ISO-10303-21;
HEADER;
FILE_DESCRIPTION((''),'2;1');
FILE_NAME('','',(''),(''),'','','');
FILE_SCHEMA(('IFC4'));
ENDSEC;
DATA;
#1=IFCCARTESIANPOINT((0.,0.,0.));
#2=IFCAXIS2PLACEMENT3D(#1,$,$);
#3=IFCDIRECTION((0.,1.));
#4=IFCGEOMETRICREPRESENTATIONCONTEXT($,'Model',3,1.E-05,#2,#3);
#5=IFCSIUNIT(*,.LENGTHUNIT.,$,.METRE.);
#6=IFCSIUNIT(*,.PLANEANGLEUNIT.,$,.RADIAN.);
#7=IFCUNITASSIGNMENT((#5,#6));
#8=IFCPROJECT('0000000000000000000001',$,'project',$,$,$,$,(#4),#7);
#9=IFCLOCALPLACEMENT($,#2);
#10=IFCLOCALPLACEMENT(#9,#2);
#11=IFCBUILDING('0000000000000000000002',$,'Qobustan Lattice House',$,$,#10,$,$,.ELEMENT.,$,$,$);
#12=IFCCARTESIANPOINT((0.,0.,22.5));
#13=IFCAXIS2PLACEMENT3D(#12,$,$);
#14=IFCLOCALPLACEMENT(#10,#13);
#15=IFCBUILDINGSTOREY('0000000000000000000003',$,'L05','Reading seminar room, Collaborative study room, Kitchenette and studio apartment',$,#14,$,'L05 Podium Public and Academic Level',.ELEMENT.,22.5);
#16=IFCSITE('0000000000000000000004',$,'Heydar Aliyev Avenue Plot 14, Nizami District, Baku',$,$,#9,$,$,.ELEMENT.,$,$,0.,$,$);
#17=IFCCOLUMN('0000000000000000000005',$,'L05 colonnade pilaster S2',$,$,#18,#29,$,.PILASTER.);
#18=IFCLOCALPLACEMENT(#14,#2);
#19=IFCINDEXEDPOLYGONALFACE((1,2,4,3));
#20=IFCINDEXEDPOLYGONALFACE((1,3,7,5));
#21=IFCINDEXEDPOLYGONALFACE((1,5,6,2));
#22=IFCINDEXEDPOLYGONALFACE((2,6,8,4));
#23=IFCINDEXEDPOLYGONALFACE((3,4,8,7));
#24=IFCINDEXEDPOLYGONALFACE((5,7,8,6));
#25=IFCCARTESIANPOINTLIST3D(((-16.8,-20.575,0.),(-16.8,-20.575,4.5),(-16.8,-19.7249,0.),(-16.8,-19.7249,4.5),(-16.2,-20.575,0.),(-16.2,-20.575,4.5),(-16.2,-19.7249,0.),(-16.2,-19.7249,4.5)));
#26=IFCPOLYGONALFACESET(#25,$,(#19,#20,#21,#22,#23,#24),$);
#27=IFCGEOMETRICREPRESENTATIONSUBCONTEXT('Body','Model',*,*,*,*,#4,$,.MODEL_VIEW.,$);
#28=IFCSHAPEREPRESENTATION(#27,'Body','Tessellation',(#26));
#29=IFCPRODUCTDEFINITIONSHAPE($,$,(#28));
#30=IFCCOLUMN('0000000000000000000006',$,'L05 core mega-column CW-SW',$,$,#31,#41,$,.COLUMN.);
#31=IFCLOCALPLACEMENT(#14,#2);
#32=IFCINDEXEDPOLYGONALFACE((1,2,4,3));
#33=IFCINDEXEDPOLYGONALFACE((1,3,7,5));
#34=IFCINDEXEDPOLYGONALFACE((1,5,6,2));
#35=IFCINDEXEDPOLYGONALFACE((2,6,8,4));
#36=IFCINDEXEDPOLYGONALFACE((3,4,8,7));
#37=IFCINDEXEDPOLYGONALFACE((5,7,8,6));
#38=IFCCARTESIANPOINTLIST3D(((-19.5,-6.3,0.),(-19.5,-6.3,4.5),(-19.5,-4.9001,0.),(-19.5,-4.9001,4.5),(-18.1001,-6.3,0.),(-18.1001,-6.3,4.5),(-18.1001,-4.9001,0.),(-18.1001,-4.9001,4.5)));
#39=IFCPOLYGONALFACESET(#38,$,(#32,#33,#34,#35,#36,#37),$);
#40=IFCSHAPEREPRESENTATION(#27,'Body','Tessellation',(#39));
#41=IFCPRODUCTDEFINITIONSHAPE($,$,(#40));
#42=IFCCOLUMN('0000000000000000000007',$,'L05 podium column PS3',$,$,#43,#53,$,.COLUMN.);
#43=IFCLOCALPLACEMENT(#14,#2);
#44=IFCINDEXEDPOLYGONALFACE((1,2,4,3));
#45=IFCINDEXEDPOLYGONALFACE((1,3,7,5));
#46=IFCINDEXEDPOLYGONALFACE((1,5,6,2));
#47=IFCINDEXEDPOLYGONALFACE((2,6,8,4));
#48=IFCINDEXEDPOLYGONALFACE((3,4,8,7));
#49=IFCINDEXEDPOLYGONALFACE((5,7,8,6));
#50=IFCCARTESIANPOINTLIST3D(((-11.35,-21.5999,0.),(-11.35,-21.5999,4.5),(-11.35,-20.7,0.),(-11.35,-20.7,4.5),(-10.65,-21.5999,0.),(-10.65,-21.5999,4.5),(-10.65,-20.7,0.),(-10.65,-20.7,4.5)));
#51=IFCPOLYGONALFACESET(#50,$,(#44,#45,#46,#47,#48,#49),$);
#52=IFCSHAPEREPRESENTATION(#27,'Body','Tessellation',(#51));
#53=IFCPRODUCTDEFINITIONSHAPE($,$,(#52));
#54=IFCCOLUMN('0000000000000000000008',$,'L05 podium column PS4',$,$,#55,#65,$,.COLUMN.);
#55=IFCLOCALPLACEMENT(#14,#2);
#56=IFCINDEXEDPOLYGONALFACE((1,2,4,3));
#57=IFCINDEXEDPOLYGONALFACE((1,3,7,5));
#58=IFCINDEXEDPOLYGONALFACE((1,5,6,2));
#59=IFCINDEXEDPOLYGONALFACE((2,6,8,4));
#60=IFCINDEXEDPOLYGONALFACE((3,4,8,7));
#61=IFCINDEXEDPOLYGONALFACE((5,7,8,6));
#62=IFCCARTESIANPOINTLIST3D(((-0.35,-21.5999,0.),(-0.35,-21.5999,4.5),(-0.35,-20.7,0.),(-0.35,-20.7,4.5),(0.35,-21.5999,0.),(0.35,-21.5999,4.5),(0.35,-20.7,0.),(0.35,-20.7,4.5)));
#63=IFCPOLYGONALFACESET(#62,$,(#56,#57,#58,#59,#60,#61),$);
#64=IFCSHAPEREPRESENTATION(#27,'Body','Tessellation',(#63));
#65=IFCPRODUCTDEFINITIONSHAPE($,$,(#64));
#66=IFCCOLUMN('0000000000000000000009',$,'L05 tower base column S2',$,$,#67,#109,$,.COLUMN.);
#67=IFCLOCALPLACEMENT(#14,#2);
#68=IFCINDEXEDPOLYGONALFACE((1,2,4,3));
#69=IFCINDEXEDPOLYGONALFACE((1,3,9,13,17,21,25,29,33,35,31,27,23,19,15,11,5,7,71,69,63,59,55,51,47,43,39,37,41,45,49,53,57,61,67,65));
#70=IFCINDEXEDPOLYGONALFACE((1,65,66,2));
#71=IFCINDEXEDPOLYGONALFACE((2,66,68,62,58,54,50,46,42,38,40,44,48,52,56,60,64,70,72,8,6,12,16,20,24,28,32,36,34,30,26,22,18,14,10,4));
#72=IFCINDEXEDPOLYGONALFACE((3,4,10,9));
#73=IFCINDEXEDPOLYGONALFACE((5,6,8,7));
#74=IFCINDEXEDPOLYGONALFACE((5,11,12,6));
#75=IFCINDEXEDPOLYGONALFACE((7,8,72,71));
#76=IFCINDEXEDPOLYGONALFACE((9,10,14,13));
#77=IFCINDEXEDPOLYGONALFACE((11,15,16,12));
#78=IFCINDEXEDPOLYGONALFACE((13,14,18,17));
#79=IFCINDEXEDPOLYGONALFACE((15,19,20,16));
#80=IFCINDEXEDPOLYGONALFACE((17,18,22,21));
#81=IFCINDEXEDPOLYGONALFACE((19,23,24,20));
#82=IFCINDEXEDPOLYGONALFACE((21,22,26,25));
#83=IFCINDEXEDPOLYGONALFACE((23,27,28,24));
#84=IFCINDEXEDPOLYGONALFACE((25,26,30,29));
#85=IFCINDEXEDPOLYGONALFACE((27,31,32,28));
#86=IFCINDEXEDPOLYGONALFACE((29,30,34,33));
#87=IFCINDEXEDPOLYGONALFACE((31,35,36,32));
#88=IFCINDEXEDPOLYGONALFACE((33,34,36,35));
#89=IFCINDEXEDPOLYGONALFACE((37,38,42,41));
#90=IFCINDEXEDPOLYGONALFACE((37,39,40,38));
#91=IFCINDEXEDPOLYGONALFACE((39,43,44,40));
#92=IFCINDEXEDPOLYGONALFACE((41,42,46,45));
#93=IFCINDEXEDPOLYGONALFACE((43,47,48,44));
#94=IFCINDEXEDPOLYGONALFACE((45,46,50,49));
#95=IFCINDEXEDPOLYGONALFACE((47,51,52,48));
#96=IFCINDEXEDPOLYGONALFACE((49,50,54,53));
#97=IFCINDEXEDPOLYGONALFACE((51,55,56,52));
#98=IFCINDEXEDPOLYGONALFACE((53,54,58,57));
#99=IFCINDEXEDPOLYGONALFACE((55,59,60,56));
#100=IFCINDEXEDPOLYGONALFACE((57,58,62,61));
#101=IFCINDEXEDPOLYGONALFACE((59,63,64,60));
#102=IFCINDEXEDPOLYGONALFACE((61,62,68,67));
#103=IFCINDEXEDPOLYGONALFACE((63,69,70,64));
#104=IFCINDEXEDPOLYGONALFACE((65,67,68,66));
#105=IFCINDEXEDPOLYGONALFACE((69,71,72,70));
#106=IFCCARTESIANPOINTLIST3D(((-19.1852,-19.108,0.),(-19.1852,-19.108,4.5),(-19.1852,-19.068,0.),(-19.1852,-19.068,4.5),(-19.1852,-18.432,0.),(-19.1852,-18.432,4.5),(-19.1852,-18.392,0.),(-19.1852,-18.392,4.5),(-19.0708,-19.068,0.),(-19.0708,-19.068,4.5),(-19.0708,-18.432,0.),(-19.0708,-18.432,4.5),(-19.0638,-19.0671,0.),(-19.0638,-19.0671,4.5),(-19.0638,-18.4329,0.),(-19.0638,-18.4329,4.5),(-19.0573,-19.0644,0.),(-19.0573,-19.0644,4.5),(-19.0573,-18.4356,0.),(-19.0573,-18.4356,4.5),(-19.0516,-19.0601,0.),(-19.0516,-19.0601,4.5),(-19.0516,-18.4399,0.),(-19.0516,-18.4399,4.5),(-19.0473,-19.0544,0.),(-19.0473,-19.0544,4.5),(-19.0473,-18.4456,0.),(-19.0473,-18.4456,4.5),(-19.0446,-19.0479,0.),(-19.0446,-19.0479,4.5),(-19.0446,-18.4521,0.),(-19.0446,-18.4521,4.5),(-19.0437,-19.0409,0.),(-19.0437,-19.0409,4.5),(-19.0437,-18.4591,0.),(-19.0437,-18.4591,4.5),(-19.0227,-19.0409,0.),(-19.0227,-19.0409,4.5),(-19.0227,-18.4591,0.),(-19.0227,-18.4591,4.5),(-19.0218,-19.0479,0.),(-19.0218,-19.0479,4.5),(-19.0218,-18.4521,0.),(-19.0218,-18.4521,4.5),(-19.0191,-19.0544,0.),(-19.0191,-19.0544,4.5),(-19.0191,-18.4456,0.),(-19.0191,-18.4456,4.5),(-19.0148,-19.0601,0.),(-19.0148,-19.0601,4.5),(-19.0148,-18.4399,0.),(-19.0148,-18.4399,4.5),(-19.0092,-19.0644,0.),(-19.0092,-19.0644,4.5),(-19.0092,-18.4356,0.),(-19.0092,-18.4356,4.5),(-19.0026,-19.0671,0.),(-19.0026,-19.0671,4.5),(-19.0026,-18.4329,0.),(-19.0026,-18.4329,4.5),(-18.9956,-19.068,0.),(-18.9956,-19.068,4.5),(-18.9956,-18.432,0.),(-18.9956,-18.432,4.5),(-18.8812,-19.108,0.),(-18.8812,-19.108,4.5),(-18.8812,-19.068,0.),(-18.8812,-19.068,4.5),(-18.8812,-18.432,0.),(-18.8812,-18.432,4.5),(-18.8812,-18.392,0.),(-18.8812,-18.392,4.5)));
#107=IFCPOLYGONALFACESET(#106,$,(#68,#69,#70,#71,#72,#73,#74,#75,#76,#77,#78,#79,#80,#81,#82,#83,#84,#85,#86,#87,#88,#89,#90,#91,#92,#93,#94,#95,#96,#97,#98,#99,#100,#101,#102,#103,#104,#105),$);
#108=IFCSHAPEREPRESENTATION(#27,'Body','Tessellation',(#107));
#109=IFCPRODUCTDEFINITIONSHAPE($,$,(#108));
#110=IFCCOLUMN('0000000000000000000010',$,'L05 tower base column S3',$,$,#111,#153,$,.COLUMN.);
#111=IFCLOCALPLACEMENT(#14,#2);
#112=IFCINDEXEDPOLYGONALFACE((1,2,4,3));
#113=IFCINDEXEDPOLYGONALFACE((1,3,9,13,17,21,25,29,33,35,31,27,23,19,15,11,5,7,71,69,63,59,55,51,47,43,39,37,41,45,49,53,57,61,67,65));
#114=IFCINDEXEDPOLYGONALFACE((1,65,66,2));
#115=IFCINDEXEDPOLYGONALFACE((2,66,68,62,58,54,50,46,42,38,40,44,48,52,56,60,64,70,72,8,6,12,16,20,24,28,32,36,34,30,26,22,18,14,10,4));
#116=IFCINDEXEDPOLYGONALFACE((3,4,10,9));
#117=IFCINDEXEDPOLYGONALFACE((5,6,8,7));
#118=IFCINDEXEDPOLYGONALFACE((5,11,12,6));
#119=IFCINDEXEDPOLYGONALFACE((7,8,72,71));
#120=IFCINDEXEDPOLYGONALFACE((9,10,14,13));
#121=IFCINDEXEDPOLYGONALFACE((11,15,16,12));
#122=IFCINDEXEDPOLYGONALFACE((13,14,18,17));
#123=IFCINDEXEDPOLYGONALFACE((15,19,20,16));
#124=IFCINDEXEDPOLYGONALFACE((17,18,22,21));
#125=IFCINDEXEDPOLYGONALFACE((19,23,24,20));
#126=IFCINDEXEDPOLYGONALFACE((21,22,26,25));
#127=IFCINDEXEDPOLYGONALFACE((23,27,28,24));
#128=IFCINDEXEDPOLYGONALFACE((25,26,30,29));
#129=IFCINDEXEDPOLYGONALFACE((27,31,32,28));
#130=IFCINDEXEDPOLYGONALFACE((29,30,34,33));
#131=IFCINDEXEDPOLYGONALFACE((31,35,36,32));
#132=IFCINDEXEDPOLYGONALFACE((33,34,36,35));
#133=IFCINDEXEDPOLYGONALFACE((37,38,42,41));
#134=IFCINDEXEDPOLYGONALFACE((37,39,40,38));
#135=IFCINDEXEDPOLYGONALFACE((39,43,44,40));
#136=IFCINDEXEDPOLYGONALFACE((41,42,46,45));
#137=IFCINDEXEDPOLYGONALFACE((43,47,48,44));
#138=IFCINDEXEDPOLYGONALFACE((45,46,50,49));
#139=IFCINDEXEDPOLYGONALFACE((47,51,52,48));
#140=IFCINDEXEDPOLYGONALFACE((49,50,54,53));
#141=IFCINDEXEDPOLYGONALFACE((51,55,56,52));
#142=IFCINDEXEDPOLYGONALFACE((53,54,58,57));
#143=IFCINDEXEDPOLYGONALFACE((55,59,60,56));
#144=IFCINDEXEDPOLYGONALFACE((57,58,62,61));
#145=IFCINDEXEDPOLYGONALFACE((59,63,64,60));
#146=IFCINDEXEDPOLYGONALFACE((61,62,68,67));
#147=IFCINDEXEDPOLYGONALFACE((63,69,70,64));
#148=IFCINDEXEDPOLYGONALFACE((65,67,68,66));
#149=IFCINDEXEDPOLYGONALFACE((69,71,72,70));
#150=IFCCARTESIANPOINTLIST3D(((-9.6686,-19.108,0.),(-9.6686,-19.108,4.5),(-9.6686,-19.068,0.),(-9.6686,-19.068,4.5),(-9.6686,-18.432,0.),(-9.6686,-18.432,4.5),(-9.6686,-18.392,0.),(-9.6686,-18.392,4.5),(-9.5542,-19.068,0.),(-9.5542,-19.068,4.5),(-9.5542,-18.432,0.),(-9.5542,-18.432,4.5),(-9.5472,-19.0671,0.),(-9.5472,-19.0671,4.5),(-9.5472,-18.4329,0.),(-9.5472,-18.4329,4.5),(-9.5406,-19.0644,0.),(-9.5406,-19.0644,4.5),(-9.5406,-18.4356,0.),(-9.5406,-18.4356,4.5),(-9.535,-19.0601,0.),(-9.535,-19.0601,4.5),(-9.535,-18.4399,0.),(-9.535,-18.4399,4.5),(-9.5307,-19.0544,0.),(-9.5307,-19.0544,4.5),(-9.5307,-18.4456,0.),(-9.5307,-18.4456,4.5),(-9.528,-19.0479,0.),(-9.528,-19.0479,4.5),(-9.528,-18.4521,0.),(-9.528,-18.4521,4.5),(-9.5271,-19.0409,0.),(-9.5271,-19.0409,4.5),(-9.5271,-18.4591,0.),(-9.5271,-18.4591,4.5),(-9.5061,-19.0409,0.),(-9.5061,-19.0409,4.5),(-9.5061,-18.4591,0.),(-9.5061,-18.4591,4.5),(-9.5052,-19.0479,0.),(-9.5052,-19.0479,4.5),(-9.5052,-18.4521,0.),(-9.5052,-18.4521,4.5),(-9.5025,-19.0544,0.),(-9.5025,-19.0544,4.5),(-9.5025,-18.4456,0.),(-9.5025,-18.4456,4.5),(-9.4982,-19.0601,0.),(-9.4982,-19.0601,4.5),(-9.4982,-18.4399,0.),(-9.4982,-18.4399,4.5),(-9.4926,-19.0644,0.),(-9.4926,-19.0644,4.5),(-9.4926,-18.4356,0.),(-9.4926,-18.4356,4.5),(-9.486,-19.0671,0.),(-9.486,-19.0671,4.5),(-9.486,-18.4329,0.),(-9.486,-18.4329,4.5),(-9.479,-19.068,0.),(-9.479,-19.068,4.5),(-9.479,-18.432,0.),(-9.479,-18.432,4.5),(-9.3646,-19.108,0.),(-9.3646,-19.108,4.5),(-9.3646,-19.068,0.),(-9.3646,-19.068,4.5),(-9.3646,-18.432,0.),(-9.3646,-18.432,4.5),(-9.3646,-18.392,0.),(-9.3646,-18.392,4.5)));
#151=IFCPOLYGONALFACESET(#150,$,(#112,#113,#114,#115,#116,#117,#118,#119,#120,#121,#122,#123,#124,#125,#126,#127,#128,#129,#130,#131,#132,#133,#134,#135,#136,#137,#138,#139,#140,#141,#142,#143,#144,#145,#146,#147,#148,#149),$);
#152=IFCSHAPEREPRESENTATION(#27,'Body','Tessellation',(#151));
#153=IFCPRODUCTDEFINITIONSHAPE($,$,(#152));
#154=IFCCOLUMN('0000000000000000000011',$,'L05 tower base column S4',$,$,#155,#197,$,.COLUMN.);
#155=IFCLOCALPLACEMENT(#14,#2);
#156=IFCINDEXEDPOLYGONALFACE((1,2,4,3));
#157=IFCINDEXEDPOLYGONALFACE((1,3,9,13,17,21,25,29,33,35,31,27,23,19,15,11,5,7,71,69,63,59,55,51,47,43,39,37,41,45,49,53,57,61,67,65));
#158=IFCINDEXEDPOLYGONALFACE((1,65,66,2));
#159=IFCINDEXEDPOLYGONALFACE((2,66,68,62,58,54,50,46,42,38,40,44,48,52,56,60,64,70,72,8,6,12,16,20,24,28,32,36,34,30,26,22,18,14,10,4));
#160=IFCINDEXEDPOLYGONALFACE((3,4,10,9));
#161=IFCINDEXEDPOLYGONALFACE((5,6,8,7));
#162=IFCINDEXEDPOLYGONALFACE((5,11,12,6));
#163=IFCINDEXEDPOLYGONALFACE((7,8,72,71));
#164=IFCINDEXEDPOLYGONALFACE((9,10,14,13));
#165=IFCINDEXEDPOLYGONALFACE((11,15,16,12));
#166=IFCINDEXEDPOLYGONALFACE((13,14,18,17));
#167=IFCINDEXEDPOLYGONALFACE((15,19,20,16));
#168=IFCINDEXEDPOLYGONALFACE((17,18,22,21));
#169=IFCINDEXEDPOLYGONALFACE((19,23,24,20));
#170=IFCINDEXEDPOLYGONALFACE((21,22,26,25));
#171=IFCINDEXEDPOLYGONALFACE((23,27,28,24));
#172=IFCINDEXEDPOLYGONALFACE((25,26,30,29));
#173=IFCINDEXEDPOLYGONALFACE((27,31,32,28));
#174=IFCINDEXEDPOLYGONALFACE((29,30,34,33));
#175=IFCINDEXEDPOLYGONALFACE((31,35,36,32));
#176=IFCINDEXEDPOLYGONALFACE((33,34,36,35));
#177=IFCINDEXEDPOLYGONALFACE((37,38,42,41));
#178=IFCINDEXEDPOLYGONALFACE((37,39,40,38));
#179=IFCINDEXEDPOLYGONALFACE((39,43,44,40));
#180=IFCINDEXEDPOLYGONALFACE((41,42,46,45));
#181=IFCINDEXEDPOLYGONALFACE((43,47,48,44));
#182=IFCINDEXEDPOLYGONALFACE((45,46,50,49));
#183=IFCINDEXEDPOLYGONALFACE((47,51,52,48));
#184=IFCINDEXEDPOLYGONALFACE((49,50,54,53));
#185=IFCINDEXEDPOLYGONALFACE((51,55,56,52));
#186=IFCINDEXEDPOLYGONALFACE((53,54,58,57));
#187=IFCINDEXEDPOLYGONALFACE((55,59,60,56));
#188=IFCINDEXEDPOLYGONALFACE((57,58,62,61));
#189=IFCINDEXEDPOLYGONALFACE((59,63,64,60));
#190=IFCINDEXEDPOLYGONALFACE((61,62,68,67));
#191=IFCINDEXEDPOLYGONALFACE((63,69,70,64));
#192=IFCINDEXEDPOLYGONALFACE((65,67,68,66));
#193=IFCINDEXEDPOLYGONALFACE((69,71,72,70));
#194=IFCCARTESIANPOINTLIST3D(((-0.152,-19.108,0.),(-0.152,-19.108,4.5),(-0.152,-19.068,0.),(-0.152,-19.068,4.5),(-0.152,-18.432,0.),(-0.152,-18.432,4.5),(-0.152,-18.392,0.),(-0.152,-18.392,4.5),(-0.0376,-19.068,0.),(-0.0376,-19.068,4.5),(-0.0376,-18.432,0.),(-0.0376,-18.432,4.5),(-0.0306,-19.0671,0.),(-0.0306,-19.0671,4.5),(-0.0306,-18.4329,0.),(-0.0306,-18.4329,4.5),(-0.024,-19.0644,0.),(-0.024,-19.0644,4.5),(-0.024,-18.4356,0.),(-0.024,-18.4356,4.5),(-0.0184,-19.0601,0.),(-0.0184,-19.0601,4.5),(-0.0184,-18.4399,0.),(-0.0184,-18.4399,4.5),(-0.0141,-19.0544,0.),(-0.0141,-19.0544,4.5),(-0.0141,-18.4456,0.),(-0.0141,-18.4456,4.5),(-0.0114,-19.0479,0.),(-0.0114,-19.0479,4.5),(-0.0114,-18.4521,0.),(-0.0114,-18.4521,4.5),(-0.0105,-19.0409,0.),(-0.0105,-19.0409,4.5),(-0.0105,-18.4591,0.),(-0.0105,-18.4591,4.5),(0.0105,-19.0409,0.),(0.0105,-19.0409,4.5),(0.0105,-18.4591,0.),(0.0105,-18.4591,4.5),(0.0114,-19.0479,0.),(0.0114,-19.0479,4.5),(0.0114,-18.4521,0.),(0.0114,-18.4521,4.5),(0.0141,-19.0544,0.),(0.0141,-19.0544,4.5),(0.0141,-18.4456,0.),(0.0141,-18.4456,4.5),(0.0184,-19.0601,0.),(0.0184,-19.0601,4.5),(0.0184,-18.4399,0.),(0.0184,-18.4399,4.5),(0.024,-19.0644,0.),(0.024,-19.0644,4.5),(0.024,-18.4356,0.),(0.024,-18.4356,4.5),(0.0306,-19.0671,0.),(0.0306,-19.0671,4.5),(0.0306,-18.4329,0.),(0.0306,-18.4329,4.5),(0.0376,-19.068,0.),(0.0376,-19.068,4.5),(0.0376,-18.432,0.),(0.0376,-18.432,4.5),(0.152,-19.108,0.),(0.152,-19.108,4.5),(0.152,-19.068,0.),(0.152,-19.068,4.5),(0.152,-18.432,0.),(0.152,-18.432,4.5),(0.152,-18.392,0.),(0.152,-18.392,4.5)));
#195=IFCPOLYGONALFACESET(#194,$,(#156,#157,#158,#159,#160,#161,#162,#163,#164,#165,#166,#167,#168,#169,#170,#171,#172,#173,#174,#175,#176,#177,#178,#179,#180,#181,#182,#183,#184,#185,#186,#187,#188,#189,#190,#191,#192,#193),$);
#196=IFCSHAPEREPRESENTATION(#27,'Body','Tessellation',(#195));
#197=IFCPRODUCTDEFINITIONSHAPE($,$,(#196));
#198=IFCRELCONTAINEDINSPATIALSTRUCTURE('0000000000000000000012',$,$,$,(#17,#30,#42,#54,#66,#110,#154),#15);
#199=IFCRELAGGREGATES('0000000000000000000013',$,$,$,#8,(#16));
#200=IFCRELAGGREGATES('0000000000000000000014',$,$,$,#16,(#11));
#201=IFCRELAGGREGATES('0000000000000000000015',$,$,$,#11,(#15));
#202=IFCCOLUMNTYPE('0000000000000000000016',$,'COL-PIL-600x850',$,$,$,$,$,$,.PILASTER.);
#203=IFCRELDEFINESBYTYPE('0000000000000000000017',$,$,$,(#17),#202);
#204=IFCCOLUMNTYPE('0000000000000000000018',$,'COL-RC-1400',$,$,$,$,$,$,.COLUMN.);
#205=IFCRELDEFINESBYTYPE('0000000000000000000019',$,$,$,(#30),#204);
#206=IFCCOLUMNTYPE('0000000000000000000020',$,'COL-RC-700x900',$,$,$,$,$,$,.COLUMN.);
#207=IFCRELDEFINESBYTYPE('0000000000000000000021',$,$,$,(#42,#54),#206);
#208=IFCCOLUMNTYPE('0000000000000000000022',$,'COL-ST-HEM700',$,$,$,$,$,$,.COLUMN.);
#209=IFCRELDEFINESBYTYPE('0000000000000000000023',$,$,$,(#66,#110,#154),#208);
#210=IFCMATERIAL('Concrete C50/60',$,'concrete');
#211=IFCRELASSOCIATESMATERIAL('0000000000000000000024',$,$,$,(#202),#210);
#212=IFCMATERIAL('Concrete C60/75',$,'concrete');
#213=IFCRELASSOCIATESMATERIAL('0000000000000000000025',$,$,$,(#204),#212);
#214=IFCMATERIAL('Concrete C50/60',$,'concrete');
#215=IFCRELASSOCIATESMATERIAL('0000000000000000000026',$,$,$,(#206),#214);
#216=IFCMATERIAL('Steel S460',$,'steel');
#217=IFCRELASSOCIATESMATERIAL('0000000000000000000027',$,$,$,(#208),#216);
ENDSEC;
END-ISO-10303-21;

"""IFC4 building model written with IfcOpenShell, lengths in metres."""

from ifc_helpers import new_model, si_unit, direction, frame, origin, origin_2d, place, context, subcontext, project, spatial, rectangle, i_section, extrude, material, material_profile, profile_set, type_object, element, save


model = new_model("IFC4")

# Units and contexts
model_context = context("Model", 3, precision=1e-05, world=origin(), true_north=direction((0.0, 1.0)))
body_context = subcontext(model_context, "Body", "Model", "MODEL_VIEW")
ifc_project = project(units=[si_unit("LENGTHUNIT", "METRE"), si_unit("PLANEANGLEUNIT", "RADIAN")], contexts=[model_context])

# Site, building, storey
site_placement = place(None, origin())
site = spatial("IfcSite", under=ifc_project, at=site_placement, Name="Heydar Aliyev Avenue Plot 14, Nizami District, Baku", CompositionType="ELEMENT", RefElevation=0.0)
building_placement = place(site_placement, origin())
building = spatial("IfcBuilding", under=site, at=building_placement, Name="Qobustan Lattice House", CompositionType="ELEMENT")
storey_placement = place(building_placement, frame((0.0, 0.0, 22.5)))
storey = spatial("IfcBuildingStorey", under=building, at=storey_placement, Name="L05", Description="Reading seminar room, Collaborative study room, Kitchenette and studio apartment", LongName="L05 Podium Public and Academic Level", CompositionType="ELEMENT", Elevation=22.5)

# Columns
ifc_material_1 = material(Name="Concrete C50/60", Category="concrete")
ifc_material_profile_1 = material_profile(ifc_material_1, rectangle(XDim=0.6001, YDim=0.8501, at=origin_2d()), Name="RC600x850")
ifc_profile_set_1 = profile_set([ifc_material_profile_1], Name="Concrete C50/60")
column_type_1 = type_object("IfcColumnType", Name="COL-PIL-600x850", PredefinedType="PILASTER", material=ifc_profile_set_1)
column_1_placement = place(storey_placement, frame((-16.5, -20.1499, 0.0), z_axis=(0.0, 0.0, 1.0), x_axis=(1.0, 0.0, 0.0)))
element("IfcColumn", 1, at=column_1_placement, inside=storey, type_object=column_type_1, Name="L05 colonnade pilaster S2", PredefinedType="PILASTER", context=body_context, shape_type="SweptSolid", body=[
    extrude(rectangle(XDim=0.6001, YDim=0.8501, at=origin_2d()), origin(), (0.0, 0.0, 1.0), 4.5),
])
ifc_material_2 = material(Name="Concrete C60/75", Category="concrete")
ifc_material_profile_2 = material_profile(ifc_material_2, rectangle(XDim=1.3999, YDim=1.3999, at=origin_2d()), Name="RC1400x1400")
ifc_profile_set_2 = profile_set([ifc_material_profile_2], Name="Concrete C60/75")
column_type_2 = type_object("IfcColumnType", Name="COL-RC-1400", PredefinedType="COLUMN", material=ifc_profile_set_2)
column_2_placement = place(storey_placement, frame((-18.8, -5.6001, 0.0), z_axis=(0.0, 0.0, 1.0), x_axis=(1.0, 0.0, 0.0)))
element("IfcColumn", 2, at=column_2_placement, inside=storey, type_object=column_type_2, Name="L05 core mega-column CW-SW", PredefinedType="COLUMN", context=body_context, shape_type="SweptSolid", body=[
    extrude(rectangle(XDim=1.3999, YDim=1.3999, at=origin_2d()), origin(), (0.0, 0.0, 1.0), 4.5),
])
ifc_material_3 = material(Name="Concrete C50/60", Category="concrete")
ifc_material_profile_3 = material_profile(ifc_material_3, rectangle(XDim=0.7, YDim=0.8999, at=origin_2d()), Name="RC700x900")
ifc_profile_set_3 = profile_set([ifc_material_profile_3], Name="Concrete C50/60")
column_type_3 = type_object("IfcColumnType", Name="COL-RC-700x900", PredefinedType="COLUMN", material=ifc_profile_set_3)
for number, where, z_axis, x_axis, name in (
    (3, (-11.0, -21.1499, 0.0), (0.0, 0.0, 1.0), (1.0, 0.0, 0.0), "L05 podium column PS3"),
    (4, (0.0, -21.1499, 0.0), (0.0, 0.0, 1.0), (1.0, 0.0, 0.0), "L05 podium column PS4"),
):
    element("IfcColumn", number, at=place(storey_placement, frame(where, z_axis=z_axis, x_axis=x_axis)), inside=storey, type_object=column_type_3, Name=name, PredefinedType="COLUMN", context=body_context, shape_type="SweptSolid", body=[
        extrude(rectangle(XDim=0.7, YDim=0.8999, at=origin_2d()), origin(), (0.0, 0.0, 1.0), 4.5),
    ])
ifc_material_4 = material(Name="Steel S460", Category="steel")
ifc_material_profile_4 = material_profile(ifc_material_4, i_section(OverallWidth=0.304, OverallDepth=0.7161, WebThickness=0.021, FlangeThickness=0.04, FilletRadius=0.0271, at=origin_2d()), Name="HEM700")
ifc_profile_set_4 = profile_set([ifc_material_profile_4], Name="Steel S460")
column_type_4 = type_object("IfcColumnType", Name="COL-ST-HEM700", PredefinedType="COLUMN", material=ifc_profile_set_4)
for number, where, z_axis, x_axis, name in (
    (5, (-19.0332, -18.75, 0.0), (0.0, 0.0, 1.0), (1.0, 0.0, 0.0), "L05 tower base column S2"),
    (6, (-9.5166, -18.75, 0.0), (0.0, 0.0, 1.0), (1.0, 0.0, 0.0), "L05 tower base column S3"),
    (7, (0.0, -18.75, 0.0), (0.0, 0.0, 1.0), (1.0, 0.0, 0.0), "L05 tower base column S4"),
):
    element("IfcColumn", number, at=place(storey_placement, frame(where, z_axis=z_axis, x_axis=x_axis)), inside=storey, type_object=column_type_4, Name=name, PredefinedType="COLUMN", context=body_context, shape_type="SweptSolid", body=[
        extrude(i_section(OverallWidth=0.304, OverallDepth=0.7161, WebThickness=0.021, FlangeThickness=0.04, FilletRadius=0.0271, at=origin_2d()), origin(), (0.0, 0.0, 1.0), 4.5),
    ])

save(model, "model.ifc")
